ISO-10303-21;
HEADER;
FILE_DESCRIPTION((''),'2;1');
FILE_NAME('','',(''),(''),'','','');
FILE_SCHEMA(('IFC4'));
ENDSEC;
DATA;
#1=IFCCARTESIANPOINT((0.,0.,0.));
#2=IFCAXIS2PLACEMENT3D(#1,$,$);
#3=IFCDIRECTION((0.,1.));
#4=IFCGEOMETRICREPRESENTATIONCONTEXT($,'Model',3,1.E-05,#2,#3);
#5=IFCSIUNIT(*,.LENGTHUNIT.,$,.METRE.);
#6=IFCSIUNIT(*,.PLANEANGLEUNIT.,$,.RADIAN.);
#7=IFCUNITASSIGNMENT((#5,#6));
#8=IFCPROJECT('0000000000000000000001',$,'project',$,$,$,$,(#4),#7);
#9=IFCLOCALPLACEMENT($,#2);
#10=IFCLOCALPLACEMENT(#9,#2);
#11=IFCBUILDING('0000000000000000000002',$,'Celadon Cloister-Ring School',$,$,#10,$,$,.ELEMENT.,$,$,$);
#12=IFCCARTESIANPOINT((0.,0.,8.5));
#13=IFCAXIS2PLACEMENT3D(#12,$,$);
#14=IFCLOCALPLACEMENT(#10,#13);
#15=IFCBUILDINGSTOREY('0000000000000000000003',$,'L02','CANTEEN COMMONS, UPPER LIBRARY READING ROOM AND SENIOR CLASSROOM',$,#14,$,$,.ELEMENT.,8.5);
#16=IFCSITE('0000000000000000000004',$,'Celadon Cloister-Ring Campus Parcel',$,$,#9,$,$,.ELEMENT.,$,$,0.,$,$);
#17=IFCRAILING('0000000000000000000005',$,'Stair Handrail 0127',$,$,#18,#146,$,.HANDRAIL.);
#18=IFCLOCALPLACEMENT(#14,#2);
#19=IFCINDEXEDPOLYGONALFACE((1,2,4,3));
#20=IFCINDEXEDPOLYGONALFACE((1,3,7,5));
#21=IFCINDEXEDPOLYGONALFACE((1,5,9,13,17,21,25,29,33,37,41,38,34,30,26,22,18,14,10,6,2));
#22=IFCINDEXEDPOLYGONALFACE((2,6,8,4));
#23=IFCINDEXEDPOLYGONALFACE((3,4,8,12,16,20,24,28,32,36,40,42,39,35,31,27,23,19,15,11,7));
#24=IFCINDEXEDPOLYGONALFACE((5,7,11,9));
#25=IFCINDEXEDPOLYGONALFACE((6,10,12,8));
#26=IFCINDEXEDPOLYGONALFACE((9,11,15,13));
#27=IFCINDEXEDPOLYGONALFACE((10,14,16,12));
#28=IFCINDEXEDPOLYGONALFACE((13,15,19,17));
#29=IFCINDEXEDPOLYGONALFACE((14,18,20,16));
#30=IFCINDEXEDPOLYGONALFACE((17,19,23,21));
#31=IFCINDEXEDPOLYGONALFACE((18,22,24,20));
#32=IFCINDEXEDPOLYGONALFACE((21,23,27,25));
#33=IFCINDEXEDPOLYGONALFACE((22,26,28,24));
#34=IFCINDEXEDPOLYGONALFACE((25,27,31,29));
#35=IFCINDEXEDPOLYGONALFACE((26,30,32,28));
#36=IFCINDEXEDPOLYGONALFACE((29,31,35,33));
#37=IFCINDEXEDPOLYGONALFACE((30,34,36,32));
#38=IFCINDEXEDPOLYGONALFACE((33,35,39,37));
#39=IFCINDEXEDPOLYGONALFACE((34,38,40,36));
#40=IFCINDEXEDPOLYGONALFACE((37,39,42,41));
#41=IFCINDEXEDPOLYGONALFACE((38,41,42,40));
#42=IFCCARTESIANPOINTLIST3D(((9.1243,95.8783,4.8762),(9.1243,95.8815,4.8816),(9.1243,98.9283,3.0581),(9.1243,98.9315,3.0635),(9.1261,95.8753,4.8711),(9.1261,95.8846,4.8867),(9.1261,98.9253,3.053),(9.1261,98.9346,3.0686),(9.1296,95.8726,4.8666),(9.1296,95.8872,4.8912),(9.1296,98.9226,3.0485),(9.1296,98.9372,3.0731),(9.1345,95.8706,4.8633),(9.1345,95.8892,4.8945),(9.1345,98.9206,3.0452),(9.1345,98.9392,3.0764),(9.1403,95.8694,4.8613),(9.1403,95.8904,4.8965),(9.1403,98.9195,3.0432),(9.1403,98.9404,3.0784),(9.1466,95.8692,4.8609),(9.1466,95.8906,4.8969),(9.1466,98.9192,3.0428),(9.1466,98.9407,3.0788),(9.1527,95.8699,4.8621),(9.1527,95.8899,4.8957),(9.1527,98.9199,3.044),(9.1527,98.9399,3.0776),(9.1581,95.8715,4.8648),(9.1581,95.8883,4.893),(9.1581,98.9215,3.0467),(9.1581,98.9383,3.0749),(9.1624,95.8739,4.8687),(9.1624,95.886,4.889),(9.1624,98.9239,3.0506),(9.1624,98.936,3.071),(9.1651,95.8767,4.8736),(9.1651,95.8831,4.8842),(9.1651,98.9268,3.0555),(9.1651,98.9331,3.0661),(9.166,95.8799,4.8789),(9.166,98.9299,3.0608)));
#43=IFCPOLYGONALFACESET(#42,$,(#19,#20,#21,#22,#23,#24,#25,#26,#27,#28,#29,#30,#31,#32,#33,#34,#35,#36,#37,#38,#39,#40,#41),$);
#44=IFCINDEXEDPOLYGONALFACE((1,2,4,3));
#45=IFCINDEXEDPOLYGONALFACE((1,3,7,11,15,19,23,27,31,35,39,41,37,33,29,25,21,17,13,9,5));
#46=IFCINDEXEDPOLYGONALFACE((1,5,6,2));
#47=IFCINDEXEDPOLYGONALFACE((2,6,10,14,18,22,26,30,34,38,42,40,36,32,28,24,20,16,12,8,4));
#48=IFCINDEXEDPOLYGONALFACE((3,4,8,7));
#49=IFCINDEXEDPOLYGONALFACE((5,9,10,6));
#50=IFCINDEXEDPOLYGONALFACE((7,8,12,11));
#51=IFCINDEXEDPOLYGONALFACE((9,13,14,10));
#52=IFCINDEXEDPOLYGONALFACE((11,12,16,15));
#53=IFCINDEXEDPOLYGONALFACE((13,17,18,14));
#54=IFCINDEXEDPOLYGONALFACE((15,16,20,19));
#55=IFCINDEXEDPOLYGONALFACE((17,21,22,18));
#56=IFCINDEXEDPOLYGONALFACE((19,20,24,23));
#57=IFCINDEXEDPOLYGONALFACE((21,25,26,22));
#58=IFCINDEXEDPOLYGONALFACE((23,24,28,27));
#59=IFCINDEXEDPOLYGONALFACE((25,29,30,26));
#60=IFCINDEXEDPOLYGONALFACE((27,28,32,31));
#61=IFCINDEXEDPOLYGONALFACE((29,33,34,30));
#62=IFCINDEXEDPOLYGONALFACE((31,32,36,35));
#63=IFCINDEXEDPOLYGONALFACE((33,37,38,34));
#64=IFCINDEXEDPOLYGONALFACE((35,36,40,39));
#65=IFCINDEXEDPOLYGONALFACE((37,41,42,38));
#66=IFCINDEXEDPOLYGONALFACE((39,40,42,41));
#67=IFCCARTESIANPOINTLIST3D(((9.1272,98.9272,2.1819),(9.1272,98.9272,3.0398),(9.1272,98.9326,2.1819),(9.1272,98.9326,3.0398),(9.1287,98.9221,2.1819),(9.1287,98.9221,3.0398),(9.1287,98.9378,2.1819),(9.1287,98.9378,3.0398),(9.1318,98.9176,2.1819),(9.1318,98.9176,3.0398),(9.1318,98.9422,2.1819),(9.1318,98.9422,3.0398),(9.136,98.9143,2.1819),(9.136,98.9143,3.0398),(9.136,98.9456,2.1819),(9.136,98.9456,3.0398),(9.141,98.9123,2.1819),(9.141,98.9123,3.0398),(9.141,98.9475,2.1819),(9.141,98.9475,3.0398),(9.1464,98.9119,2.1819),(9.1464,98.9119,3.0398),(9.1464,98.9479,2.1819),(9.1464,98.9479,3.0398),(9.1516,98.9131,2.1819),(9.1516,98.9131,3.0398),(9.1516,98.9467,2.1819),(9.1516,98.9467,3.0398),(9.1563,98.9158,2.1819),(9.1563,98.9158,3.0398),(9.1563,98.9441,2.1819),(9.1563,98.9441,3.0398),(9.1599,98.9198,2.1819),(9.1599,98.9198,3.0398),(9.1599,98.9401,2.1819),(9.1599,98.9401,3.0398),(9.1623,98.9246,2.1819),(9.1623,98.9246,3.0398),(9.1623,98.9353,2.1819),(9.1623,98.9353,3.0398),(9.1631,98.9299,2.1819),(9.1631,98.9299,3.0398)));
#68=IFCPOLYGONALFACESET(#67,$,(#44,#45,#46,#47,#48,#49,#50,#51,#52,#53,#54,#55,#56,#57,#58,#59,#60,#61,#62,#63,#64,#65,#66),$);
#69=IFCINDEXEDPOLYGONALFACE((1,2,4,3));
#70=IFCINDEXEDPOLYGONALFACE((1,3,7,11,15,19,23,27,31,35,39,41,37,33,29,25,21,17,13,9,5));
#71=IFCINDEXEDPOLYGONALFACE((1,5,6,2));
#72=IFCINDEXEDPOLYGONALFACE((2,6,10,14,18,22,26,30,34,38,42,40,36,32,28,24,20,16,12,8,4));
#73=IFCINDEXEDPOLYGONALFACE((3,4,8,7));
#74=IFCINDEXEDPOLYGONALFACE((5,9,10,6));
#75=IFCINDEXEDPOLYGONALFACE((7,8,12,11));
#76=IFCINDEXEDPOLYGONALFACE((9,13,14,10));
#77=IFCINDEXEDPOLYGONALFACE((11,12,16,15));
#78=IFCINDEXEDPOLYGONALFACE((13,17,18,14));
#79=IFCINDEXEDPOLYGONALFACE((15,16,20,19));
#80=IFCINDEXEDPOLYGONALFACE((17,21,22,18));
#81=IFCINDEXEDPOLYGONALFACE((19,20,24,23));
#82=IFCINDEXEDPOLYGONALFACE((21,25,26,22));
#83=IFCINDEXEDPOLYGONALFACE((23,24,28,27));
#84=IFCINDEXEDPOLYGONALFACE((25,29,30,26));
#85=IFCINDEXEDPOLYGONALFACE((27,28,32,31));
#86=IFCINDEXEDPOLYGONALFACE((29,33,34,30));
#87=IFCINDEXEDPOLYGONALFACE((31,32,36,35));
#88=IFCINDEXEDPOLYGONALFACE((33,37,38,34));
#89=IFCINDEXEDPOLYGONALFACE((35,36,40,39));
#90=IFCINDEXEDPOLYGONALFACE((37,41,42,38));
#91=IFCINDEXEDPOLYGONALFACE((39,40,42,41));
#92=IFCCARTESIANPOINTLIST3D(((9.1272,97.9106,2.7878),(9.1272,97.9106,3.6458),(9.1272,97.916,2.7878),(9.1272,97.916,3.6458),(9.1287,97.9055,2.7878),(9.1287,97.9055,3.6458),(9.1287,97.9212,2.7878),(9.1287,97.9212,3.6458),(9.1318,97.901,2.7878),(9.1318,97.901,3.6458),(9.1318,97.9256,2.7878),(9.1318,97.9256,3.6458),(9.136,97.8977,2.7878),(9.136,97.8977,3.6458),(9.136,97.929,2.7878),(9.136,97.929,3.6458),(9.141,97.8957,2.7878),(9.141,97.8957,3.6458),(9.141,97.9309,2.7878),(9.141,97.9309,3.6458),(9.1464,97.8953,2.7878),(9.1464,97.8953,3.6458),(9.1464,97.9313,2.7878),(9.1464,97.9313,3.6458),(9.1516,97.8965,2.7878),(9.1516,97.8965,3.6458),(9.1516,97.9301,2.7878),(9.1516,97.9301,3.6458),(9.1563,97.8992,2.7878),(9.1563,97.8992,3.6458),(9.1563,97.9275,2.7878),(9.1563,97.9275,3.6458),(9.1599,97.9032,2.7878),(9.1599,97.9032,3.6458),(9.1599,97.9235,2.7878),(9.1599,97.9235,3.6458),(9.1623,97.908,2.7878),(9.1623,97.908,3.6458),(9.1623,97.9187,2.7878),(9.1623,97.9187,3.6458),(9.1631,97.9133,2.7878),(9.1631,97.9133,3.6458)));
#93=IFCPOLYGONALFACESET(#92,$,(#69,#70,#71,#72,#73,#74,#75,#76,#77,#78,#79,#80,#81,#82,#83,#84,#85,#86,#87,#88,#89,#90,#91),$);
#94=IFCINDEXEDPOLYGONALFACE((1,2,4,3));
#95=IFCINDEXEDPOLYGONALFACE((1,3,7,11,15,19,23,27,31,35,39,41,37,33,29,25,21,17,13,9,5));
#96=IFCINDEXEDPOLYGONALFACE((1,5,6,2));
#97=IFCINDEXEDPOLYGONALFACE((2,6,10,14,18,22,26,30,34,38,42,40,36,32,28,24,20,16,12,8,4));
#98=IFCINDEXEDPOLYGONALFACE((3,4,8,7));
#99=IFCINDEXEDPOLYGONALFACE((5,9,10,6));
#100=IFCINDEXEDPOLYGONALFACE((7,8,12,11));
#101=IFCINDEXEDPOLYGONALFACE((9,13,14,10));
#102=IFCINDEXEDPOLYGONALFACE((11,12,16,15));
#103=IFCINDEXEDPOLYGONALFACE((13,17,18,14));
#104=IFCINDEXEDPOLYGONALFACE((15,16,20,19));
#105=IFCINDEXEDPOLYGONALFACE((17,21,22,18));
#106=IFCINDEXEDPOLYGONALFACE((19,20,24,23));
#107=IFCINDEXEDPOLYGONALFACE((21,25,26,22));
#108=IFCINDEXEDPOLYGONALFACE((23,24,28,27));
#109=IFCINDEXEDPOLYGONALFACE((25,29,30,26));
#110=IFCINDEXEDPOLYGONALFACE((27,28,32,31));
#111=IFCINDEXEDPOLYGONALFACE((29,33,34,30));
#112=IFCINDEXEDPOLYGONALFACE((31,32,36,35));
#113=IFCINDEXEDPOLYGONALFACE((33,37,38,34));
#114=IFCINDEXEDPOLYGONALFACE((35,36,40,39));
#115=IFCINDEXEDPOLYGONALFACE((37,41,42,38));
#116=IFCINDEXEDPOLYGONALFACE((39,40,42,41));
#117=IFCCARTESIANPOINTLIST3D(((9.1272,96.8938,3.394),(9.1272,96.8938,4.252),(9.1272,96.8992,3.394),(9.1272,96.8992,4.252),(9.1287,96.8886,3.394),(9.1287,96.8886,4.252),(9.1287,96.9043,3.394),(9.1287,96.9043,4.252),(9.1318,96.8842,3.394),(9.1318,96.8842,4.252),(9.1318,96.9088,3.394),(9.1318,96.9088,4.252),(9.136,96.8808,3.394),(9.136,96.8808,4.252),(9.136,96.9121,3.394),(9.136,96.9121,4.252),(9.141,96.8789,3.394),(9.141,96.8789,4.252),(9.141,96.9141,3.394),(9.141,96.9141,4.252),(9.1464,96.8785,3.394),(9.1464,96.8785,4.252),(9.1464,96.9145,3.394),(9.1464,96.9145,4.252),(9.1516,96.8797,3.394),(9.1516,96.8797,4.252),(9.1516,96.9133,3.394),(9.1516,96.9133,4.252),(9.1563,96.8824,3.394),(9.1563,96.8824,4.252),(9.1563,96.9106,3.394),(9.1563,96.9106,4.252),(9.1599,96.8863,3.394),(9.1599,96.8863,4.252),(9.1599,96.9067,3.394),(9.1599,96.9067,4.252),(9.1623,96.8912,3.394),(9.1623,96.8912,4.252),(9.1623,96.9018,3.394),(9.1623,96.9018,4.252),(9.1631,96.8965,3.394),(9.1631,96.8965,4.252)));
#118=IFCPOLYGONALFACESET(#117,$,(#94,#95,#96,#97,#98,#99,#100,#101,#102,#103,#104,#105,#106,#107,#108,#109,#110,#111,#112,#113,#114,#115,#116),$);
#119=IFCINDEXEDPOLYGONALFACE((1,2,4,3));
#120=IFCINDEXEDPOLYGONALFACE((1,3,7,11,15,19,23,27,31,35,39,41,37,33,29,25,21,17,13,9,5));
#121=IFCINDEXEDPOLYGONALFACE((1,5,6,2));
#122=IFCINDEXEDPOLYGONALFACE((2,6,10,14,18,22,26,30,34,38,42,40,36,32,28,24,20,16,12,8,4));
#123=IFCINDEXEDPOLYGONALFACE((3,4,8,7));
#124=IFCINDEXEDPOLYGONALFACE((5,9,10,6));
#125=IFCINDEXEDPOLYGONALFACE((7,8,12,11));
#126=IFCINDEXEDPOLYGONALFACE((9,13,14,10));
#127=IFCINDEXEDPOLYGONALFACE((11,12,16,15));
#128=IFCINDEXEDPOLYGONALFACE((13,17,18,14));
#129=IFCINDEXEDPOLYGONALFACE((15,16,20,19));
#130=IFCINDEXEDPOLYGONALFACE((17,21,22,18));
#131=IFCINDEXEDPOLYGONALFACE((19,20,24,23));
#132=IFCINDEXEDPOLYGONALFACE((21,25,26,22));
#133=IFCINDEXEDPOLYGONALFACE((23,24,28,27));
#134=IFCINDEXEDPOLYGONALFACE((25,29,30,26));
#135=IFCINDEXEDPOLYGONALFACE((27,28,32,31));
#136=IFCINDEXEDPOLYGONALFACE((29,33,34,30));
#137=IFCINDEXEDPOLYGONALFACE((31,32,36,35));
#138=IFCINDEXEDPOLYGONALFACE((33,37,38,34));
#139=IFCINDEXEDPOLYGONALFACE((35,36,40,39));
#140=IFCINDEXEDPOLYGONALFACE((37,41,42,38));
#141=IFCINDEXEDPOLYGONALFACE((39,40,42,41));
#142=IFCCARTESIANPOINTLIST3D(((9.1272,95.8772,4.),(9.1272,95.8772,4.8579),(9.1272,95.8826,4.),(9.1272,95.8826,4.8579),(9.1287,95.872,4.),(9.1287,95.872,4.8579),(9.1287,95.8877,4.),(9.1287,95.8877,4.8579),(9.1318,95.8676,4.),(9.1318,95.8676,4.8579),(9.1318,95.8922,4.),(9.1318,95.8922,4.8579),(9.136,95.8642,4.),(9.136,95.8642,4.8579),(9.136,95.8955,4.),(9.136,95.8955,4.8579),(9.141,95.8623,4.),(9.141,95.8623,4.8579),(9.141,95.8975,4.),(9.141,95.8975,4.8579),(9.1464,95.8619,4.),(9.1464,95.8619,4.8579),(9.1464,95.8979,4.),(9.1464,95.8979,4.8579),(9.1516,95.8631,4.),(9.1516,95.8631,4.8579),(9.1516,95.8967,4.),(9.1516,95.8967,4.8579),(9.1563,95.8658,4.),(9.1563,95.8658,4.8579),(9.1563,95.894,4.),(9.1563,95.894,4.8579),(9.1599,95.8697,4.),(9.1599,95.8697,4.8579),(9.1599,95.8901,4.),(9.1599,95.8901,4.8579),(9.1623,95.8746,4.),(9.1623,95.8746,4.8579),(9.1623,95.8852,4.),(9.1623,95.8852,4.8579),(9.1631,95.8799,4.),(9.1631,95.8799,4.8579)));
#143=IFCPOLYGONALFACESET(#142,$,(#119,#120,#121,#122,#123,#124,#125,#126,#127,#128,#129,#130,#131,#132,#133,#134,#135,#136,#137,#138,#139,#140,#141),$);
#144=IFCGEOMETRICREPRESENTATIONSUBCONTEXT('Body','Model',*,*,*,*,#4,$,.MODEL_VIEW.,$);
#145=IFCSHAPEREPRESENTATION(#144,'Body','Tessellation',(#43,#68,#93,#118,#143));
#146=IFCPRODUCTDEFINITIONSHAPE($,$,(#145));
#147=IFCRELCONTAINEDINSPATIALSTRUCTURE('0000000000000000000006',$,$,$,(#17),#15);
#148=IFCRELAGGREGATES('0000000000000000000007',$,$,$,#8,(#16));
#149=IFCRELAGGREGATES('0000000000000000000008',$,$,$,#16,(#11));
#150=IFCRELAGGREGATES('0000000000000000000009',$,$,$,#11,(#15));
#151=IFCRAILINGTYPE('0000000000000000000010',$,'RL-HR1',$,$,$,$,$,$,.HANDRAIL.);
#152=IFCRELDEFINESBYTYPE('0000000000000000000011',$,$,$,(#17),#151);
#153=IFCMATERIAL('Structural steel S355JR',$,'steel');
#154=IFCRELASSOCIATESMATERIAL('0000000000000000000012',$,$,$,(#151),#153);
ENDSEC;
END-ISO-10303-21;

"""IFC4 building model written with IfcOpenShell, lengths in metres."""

from ifc_helpers import new_model, si_unit, direction, frame, origin, origin_2d, place, context, subcontext, project, spatial, circle, extrude, material, type_object, element, save


model = new_model("IFC4")

# Units and contexts
model_context = context("Model", 3, precision=1e-05, world=origin(), true_north=direction((0.0, 1.0)))
body_context = subcontext(model_context, "Body", "Model", "MODEL_VIEW")
ifc_project = project(units=[si_unit("LENGTHUNIT", "METRE"), si_unit("PLANEANGLEUNIT", "RADIAN")], contexts=[model_context])

# Site, building, storey
site_placement = place(None, origin())
site = spatial("IfcSite", under=ifc_project, at=site_placement, Name="Celadon Cloister-Ring Campus Parcel", CompositionType="ELEMENT", RefElevation=0.0)
building_placement = place(site_placement, origin())
building = spatial("IfcBuilding", under=site, at=building_placement, Name="Celadon Cloister-Ring School", CompositionType="ELEMENT")
storey_placement = place(building_placement, frame((0.0, 0.0, 8.5)))
storey = spatial("IfcBuildingStorey", under=building, at=storey_placement, Name="L02", Description="CANTEEN COMMONS, UPPER LIBRARY READING ROOM AND SENIOR CLASSROOM", CompositionType="ELEMENT", Elevation=8.5)

# Railing
ifc_material_1 = material(Name="Structural steel S355JR", Category="steel")
railing_type_1 = type_object("IfcRailingType", Name="RL-HR1", PredefinedType="HANDRAIL", material=ifc_material_1)
for number, where, name in (
    (1, (9.145, 98.9299, 2.1819), "Stair Handrail 0127"),
):
    element("IfcRailing", number, at=place(storey_placement, frame(where)), inside=storey, type_object=railing_type_1, Name=name, PredefinedType="HANDRAIL", context=body_context, shape_type="SweptSolid", body=[
        extrude(circle(Radius=0.021, at=origin_2d()), frame((0.0, 0.0, 0.8789), z_axis=(0.0, -0.85897, 0.512026), x_axis=(1.0, 0.0, 0.0)), (0.0, 0.0, 1.0), 3.5508),
        extrude(circle(Radius=0.0181, at=origin_2d()), origin(), (0.0, 0.0, 1.0), 0.8579),
        extrude(circle(Radius=0.0181, at=origin_2d()), frame((0.0, -1.0166, 0.606)), (0.0, 0.0, 1.0), 0.8579),
        extrude(circle(Radius=0.0181, at=origin_2d()), frame((0.0, -2.0334, 1.2122)), (0.0, 0.0, 1.0), 0.8579),
        extrude(circle(Radius=0.0181, at=origin_2d()), frame((0.0, -3.05, 1.8181)), (0.0, 0.0, 1.0), 0.8579),
    ])

save(model, "model.ifc")
